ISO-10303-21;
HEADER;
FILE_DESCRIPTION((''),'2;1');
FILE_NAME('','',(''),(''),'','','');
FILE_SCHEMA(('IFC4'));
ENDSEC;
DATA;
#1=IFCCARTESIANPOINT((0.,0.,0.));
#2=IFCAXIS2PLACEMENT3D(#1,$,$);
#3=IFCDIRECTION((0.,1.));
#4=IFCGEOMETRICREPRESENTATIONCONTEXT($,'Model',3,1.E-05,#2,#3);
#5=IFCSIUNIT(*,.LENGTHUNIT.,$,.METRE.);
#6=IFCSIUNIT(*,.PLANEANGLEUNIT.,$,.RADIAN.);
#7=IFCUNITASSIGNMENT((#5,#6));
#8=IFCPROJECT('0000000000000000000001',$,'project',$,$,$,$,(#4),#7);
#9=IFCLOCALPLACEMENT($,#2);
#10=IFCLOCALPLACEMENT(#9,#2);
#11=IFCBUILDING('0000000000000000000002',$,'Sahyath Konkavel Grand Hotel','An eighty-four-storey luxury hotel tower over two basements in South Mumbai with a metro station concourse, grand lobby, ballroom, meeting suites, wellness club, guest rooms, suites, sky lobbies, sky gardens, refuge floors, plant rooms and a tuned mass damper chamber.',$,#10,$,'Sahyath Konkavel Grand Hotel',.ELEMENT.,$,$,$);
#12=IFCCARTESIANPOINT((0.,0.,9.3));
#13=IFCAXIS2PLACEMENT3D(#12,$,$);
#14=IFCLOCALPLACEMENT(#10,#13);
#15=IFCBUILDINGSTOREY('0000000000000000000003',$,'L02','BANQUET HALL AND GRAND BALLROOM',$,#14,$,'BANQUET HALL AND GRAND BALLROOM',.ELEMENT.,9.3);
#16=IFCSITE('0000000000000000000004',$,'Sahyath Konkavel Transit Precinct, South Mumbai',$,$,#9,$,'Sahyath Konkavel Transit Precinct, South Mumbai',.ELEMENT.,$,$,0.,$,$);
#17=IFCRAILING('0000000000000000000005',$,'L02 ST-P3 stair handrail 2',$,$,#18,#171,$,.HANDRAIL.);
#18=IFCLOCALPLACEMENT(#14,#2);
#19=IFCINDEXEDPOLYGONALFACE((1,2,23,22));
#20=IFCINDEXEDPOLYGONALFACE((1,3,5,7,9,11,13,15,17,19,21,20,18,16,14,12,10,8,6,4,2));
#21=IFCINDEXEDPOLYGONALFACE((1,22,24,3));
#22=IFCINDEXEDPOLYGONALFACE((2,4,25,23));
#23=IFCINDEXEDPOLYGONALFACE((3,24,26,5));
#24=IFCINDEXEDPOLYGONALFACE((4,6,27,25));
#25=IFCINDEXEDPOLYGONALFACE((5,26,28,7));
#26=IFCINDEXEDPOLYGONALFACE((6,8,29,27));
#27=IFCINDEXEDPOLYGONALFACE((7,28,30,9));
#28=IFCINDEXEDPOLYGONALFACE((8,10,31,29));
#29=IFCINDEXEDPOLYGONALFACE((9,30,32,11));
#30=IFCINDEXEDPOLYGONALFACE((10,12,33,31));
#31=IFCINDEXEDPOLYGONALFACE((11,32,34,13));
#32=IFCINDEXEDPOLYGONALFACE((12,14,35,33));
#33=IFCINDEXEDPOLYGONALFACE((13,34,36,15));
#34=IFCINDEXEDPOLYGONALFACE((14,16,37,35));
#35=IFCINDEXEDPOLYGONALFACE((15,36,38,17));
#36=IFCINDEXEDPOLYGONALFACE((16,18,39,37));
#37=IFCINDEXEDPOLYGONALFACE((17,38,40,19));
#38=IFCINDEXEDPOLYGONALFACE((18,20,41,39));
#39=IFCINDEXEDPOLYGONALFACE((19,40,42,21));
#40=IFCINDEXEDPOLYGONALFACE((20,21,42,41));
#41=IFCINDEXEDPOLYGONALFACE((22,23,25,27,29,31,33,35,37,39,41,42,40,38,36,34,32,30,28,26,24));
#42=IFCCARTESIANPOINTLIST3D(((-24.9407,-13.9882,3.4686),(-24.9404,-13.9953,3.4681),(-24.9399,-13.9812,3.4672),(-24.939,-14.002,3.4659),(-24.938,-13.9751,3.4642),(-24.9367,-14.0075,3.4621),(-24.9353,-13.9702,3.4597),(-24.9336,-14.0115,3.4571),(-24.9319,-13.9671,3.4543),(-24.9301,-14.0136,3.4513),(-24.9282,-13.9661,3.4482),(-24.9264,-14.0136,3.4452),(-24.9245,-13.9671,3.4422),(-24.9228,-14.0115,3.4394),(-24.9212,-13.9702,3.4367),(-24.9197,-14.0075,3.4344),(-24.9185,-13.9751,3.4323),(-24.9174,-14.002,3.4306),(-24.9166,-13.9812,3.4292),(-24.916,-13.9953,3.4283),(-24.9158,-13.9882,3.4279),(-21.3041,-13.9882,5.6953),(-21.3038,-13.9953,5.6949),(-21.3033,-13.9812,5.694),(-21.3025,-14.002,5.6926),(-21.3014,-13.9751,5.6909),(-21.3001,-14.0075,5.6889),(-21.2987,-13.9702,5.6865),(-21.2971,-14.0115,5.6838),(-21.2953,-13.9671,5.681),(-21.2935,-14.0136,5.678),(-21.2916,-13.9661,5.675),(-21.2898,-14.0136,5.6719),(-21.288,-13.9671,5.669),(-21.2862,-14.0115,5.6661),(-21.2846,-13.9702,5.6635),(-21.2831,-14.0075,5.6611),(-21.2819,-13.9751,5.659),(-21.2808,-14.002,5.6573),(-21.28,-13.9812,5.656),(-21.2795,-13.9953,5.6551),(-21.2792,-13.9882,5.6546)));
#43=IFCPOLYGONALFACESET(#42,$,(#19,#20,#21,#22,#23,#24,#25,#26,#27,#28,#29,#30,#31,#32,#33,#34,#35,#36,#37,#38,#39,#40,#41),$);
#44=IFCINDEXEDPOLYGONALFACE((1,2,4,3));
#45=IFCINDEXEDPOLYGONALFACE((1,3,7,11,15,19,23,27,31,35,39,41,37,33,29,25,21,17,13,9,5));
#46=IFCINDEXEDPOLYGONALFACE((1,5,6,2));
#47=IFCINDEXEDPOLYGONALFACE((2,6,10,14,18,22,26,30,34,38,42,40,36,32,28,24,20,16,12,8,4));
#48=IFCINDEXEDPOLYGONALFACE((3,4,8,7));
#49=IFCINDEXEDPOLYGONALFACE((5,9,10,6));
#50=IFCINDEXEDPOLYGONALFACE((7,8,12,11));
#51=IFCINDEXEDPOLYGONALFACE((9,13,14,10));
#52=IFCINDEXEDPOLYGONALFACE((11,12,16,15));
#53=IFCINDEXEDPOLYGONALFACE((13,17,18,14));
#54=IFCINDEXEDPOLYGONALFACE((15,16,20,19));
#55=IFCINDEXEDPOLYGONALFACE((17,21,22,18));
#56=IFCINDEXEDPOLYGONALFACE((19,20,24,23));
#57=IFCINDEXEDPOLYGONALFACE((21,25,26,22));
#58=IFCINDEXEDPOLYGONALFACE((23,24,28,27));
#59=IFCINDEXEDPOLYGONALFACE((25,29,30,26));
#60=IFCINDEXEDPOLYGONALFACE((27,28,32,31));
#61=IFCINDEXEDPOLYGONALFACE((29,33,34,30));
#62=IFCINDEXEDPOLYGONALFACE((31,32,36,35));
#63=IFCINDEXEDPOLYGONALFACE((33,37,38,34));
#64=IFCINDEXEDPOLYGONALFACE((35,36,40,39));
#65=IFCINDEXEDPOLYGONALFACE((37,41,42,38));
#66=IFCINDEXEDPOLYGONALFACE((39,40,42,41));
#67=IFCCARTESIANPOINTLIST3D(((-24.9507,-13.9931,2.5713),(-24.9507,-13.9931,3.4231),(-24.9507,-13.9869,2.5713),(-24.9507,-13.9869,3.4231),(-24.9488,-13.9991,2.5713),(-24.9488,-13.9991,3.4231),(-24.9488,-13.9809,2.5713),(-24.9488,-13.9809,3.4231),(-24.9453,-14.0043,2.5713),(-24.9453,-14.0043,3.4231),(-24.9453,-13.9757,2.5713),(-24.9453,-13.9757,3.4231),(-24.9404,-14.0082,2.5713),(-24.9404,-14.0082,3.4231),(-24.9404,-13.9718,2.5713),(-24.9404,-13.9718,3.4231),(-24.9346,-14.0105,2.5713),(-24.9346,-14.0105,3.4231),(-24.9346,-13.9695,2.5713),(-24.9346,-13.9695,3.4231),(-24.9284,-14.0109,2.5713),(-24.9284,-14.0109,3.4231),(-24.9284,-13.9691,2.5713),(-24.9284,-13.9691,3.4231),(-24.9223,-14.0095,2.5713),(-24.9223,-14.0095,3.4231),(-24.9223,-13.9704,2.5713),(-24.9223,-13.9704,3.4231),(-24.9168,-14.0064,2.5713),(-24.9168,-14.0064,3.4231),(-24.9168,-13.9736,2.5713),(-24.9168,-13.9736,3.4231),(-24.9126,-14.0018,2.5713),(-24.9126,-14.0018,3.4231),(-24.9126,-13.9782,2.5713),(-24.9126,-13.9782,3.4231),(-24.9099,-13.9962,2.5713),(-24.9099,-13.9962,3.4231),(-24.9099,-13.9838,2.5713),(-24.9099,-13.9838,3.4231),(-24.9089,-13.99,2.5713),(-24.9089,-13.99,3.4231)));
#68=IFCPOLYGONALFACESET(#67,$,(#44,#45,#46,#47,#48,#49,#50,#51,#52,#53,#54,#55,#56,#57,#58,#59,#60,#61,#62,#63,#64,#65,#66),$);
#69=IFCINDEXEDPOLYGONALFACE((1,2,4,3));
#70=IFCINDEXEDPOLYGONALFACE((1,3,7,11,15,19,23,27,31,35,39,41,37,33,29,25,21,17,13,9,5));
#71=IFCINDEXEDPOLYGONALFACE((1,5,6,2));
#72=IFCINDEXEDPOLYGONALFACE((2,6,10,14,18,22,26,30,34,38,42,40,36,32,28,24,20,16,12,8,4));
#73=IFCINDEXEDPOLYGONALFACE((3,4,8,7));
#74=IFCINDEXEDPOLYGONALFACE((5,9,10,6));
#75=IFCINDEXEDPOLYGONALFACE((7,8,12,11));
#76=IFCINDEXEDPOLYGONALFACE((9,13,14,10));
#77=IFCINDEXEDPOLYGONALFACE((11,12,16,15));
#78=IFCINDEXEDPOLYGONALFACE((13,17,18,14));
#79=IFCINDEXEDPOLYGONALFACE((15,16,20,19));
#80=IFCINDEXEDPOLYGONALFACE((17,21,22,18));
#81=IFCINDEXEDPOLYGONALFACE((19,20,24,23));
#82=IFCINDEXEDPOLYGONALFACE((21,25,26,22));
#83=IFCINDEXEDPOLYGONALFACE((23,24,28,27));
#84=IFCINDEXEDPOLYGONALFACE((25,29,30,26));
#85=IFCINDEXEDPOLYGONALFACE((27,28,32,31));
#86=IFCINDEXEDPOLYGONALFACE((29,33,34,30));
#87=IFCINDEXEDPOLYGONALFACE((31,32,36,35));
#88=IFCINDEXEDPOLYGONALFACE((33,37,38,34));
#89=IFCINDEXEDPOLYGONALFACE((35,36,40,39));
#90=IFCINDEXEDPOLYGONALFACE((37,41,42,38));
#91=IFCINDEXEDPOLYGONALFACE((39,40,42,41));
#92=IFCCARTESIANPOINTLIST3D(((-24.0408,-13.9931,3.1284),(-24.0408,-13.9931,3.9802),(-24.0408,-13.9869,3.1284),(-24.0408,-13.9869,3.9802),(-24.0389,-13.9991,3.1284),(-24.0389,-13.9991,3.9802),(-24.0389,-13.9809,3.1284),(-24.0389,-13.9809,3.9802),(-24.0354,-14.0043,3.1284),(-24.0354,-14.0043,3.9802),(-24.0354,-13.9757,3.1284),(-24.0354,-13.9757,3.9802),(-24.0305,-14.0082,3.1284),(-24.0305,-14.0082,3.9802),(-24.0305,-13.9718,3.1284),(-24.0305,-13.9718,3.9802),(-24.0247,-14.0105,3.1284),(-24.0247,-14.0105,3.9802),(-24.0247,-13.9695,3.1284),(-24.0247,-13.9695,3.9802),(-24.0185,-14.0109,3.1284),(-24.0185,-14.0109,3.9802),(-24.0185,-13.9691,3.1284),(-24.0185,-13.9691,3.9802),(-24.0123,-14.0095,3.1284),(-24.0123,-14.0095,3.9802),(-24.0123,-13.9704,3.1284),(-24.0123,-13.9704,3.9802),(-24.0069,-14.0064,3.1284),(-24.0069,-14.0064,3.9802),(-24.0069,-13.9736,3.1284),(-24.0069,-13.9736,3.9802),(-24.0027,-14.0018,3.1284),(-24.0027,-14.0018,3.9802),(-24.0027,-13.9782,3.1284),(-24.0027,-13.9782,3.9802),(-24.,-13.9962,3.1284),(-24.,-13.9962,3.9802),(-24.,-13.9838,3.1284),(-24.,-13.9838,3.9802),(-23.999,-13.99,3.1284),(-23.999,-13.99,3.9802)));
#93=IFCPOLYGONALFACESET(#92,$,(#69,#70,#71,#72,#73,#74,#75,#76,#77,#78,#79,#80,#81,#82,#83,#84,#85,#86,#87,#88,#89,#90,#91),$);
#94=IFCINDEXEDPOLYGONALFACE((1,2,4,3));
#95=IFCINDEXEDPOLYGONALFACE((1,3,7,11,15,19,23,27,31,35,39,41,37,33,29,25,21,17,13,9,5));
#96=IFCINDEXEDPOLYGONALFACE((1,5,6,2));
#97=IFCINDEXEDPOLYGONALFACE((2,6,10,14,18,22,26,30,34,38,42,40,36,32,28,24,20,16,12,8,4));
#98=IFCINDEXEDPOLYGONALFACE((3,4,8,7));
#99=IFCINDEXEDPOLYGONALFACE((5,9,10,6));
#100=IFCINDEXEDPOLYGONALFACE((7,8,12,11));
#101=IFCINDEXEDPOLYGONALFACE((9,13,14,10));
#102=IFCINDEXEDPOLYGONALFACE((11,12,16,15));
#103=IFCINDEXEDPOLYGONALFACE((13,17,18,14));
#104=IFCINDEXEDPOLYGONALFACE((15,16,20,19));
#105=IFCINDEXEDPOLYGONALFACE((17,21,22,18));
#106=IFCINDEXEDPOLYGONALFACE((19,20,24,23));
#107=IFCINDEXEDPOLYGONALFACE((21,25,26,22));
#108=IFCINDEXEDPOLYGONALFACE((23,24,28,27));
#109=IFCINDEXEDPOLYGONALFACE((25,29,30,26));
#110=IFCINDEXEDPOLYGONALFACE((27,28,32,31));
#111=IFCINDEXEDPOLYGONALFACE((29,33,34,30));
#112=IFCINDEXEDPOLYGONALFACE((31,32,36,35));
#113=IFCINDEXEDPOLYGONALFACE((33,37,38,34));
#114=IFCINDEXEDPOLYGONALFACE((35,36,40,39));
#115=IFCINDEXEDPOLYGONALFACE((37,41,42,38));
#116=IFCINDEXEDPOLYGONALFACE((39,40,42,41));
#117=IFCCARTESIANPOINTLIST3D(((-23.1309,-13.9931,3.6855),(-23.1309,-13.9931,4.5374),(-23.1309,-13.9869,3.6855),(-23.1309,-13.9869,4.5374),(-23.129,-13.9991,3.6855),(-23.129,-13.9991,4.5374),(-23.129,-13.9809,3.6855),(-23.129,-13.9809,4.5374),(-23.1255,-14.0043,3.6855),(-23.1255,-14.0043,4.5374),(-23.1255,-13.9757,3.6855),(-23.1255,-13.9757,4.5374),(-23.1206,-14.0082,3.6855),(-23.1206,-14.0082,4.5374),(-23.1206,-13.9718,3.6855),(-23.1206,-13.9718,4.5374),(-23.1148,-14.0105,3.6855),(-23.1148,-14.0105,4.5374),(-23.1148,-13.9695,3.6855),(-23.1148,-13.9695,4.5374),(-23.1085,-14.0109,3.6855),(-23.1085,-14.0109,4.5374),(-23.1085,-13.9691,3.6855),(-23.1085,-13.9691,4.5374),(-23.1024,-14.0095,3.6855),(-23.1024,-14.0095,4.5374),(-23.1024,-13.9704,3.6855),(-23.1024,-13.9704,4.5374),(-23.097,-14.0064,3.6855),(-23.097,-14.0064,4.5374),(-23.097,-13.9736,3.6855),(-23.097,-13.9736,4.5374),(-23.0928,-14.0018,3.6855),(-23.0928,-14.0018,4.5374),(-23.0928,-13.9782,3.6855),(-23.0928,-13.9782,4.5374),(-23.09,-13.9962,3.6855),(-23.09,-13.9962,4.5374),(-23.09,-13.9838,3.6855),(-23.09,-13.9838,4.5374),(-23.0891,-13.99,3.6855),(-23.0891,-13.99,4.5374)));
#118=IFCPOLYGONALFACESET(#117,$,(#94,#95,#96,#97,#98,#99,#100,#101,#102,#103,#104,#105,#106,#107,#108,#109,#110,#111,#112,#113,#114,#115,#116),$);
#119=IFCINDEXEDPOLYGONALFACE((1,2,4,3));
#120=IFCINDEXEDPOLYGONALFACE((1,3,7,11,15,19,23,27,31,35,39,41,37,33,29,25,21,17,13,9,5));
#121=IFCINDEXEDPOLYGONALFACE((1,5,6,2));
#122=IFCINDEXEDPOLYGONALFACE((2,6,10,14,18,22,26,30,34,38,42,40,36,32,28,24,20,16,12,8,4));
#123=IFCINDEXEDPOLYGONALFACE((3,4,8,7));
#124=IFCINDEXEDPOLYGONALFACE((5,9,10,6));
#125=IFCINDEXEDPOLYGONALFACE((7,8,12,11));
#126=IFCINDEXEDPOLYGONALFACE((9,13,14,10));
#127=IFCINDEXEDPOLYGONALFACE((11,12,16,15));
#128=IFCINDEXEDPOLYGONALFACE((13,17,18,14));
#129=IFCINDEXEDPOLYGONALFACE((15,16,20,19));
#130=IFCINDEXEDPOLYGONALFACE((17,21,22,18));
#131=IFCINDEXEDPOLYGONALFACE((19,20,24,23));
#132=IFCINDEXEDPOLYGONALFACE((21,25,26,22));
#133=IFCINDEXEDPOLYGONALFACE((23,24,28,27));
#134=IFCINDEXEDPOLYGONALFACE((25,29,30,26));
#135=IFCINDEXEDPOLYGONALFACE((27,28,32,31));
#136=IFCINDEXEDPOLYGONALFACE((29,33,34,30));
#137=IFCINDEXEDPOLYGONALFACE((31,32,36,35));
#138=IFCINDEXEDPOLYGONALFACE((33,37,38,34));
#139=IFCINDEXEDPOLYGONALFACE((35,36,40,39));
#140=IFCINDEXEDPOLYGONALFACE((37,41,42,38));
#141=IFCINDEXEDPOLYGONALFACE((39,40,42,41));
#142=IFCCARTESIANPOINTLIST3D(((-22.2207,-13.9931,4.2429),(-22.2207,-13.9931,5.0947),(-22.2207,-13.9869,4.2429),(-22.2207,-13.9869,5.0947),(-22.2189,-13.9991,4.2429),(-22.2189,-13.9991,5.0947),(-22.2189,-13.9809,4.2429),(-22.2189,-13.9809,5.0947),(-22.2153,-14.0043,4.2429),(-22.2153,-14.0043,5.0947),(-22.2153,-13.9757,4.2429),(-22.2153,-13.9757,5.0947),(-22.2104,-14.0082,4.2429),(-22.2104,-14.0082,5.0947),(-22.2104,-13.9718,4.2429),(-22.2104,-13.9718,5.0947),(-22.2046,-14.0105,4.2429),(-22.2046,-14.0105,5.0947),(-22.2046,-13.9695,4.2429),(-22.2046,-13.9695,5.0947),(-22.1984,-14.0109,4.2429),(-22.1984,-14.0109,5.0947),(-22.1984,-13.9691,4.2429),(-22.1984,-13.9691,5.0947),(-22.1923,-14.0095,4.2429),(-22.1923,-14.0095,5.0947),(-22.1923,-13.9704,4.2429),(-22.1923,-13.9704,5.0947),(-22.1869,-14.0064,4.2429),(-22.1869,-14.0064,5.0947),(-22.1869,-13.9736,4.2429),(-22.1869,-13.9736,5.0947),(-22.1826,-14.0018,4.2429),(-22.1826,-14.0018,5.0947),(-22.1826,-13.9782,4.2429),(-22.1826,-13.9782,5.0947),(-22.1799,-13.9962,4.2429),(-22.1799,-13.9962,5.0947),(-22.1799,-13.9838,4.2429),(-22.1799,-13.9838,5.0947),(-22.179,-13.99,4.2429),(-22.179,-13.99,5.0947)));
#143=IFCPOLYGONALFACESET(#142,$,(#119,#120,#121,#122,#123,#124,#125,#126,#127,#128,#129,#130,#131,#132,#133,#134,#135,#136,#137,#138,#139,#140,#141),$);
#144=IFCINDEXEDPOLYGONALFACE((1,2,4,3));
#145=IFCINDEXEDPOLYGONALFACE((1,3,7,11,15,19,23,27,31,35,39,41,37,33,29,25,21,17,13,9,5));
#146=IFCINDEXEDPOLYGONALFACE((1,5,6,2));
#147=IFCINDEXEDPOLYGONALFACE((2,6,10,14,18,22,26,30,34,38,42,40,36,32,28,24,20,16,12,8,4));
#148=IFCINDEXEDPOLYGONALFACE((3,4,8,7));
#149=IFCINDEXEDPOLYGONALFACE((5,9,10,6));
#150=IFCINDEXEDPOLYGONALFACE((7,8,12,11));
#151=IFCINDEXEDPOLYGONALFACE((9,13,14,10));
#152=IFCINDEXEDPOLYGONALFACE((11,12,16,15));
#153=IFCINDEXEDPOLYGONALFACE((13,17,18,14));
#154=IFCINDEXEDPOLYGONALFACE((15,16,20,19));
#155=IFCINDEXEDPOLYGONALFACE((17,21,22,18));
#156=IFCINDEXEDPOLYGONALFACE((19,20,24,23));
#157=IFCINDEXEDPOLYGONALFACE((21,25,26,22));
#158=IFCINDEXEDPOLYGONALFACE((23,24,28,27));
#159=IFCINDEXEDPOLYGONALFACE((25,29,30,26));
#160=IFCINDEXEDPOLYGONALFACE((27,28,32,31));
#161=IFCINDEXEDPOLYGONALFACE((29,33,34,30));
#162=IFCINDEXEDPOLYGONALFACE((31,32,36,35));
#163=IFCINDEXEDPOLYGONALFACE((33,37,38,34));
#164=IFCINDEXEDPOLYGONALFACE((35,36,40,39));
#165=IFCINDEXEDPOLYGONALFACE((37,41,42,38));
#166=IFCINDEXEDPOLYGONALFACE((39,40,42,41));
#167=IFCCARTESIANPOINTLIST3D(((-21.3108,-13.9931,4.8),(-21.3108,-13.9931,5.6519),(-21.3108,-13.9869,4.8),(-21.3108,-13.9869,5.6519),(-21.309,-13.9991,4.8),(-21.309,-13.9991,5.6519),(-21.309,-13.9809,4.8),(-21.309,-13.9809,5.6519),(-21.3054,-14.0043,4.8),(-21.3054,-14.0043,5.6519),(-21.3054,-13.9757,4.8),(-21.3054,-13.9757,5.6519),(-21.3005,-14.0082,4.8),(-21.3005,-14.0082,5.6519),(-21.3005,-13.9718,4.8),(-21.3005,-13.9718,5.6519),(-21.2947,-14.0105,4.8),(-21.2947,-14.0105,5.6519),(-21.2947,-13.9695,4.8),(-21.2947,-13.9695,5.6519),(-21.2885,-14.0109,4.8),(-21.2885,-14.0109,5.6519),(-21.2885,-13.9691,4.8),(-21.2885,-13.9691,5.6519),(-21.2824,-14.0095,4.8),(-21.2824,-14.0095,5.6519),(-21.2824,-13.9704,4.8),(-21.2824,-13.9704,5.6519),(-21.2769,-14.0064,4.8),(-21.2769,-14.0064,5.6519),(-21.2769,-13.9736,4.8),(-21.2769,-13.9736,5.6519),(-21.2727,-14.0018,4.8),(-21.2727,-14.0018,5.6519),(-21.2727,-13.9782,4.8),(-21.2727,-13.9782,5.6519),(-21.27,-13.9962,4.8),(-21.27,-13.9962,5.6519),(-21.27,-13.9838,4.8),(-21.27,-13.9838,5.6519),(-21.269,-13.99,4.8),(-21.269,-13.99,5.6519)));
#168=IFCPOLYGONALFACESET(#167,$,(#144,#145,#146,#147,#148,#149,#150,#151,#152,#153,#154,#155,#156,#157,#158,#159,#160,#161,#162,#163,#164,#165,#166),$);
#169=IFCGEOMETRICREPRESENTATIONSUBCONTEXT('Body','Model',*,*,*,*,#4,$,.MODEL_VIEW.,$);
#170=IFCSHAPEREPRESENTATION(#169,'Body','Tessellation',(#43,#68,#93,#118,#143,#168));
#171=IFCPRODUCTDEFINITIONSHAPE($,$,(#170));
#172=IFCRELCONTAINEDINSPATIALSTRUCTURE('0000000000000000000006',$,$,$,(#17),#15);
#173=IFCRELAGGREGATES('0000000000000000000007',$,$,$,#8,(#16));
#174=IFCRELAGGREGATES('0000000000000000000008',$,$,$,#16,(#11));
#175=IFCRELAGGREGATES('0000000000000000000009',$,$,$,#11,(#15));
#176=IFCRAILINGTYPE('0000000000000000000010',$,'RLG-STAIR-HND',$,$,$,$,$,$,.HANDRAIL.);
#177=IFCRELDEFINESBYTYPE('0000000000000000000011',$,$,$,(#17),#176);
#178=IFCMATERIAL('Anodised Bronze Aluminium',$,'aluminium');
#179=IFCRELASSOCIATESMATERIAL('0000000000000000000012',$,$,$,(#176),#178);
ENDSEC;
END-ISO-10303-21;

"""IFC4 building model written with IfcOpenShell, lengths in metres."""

from ifc_helpers import new_model, si_unit, direction, frame, origin, origin_2d, place, context, subcontext, project, spatial, circle, extrude, material, type_object, element, save


model = new_model("IFC4")

# Units and contexts
model_context = context("Model", 3, precision=1e-05, world=origin(), true_north=direction((0.0, 1.0)))
body_context = subcontext(model_context, "Body", "Model", "MODEL_VIEW")
ifc_project = project(units=[si_unit("LENGTHUNIT", "METRE"), si_unit("PLANEANGLEUNIT", "RADIAN")], contexts=[model_context])

# Site, building, storey
site_placement = place(None, origin())
site = spatial("IfcSite", under=ifc_project, at=site_placement, Name="Sahyath Konkavel Transit Precinct, South Mumbai", LongName="Sahyath Konkavel Transit Precinct, South Mumbai", CompositionType="ELEMENT", RefElevation=0.0)
building_placement = place(site_placement, origin())
building = spatial("IfcBuilding", under=site, at=building_placement, Name="Sahyath Konkavel Grand Hotel", Description="An eighty-four-storey luxury hotel tower over two basements in South Mumbai with a metro station concourse, grand lobby, ballroom, meeting suites, wellness club, guest rooms, suites, sky lobbies, sky gardens, refuge floors, plant rooms and a tuned mass damper chamber.", LongName="Sahyath Konkavel Grand Hotel", CompositionType="ELEMENT")
storey_placement = place(building_placement, frame((0.0, 0.0, 9.3)))
storey = spatial("IfcBuildingStorey", under=building, at=storey_placement, Name="L02", Description="BANQUET HALL AND GRAND BALLROOM", LongName="BANQUET HALL AND GRAND BALLROOM", CompositionType="ELEMENT", Elevation=9.3)

# Shared definitions
ifc_material_1 = material(Name="Anodised Bronze Aluminium", Category="aluminium")

# Railing
railing_type_1 = type_object("IfcRailingType", Name="RLG-STAIR-HND", PredefinedType="HANDRAIL", material=ifc_material_1)
railing_1_placement = place(storey_placement, frame((-24.9299, -13.99, 2.5713)))
element("IfcRailing", 1, at=railing_1_placement, inside=storey, type_object=railing_type_1, Name="L02 ST-P3 stair handrail 2", PredefinedType="HANDRAIL", context=body_context, shape_type="SweptSolid", body=[
    extrude(circle(Radius=0.0239, at=origin_2d()), frame((0.0017, 0.0, 0.877), z_axis=(0.852825, 0.0, 0.522197), x_axis=(0.0, 1.0, 0.0)), (0.0, 0.0, 1.0), 4.2642),
    extrude(circle(Radius=0.021, at=origin_2d()), origin(), (0.0, 0.0, 1.0), 0.8518),
    extrude(circle(Radius=0.021, at=origin_2d()), frame((0.9099, 0.0, 0.5571)), (0.0, 0.0, 1.0), 0.8518),
    extrude(circle(Radius=0.021, at=origin_2d()), frame((1.8198, 0.0, 1.1143)), (0.0, 0.0, 1.0), 0.8518),
    extrude(circle(Radius=0.021, at=origin_2d()), frame((2.73, 0.0, 1.6716)), (0.0, 0.0, 1.0), 0.8518),
    extrude(circle(Radius=0.021, at=origin_2d()), frame((3.6399, 0.0, 2.2288)), (0.0, 0.0, 1.0), 0.8518),
])

save(model, "model.ifc")
